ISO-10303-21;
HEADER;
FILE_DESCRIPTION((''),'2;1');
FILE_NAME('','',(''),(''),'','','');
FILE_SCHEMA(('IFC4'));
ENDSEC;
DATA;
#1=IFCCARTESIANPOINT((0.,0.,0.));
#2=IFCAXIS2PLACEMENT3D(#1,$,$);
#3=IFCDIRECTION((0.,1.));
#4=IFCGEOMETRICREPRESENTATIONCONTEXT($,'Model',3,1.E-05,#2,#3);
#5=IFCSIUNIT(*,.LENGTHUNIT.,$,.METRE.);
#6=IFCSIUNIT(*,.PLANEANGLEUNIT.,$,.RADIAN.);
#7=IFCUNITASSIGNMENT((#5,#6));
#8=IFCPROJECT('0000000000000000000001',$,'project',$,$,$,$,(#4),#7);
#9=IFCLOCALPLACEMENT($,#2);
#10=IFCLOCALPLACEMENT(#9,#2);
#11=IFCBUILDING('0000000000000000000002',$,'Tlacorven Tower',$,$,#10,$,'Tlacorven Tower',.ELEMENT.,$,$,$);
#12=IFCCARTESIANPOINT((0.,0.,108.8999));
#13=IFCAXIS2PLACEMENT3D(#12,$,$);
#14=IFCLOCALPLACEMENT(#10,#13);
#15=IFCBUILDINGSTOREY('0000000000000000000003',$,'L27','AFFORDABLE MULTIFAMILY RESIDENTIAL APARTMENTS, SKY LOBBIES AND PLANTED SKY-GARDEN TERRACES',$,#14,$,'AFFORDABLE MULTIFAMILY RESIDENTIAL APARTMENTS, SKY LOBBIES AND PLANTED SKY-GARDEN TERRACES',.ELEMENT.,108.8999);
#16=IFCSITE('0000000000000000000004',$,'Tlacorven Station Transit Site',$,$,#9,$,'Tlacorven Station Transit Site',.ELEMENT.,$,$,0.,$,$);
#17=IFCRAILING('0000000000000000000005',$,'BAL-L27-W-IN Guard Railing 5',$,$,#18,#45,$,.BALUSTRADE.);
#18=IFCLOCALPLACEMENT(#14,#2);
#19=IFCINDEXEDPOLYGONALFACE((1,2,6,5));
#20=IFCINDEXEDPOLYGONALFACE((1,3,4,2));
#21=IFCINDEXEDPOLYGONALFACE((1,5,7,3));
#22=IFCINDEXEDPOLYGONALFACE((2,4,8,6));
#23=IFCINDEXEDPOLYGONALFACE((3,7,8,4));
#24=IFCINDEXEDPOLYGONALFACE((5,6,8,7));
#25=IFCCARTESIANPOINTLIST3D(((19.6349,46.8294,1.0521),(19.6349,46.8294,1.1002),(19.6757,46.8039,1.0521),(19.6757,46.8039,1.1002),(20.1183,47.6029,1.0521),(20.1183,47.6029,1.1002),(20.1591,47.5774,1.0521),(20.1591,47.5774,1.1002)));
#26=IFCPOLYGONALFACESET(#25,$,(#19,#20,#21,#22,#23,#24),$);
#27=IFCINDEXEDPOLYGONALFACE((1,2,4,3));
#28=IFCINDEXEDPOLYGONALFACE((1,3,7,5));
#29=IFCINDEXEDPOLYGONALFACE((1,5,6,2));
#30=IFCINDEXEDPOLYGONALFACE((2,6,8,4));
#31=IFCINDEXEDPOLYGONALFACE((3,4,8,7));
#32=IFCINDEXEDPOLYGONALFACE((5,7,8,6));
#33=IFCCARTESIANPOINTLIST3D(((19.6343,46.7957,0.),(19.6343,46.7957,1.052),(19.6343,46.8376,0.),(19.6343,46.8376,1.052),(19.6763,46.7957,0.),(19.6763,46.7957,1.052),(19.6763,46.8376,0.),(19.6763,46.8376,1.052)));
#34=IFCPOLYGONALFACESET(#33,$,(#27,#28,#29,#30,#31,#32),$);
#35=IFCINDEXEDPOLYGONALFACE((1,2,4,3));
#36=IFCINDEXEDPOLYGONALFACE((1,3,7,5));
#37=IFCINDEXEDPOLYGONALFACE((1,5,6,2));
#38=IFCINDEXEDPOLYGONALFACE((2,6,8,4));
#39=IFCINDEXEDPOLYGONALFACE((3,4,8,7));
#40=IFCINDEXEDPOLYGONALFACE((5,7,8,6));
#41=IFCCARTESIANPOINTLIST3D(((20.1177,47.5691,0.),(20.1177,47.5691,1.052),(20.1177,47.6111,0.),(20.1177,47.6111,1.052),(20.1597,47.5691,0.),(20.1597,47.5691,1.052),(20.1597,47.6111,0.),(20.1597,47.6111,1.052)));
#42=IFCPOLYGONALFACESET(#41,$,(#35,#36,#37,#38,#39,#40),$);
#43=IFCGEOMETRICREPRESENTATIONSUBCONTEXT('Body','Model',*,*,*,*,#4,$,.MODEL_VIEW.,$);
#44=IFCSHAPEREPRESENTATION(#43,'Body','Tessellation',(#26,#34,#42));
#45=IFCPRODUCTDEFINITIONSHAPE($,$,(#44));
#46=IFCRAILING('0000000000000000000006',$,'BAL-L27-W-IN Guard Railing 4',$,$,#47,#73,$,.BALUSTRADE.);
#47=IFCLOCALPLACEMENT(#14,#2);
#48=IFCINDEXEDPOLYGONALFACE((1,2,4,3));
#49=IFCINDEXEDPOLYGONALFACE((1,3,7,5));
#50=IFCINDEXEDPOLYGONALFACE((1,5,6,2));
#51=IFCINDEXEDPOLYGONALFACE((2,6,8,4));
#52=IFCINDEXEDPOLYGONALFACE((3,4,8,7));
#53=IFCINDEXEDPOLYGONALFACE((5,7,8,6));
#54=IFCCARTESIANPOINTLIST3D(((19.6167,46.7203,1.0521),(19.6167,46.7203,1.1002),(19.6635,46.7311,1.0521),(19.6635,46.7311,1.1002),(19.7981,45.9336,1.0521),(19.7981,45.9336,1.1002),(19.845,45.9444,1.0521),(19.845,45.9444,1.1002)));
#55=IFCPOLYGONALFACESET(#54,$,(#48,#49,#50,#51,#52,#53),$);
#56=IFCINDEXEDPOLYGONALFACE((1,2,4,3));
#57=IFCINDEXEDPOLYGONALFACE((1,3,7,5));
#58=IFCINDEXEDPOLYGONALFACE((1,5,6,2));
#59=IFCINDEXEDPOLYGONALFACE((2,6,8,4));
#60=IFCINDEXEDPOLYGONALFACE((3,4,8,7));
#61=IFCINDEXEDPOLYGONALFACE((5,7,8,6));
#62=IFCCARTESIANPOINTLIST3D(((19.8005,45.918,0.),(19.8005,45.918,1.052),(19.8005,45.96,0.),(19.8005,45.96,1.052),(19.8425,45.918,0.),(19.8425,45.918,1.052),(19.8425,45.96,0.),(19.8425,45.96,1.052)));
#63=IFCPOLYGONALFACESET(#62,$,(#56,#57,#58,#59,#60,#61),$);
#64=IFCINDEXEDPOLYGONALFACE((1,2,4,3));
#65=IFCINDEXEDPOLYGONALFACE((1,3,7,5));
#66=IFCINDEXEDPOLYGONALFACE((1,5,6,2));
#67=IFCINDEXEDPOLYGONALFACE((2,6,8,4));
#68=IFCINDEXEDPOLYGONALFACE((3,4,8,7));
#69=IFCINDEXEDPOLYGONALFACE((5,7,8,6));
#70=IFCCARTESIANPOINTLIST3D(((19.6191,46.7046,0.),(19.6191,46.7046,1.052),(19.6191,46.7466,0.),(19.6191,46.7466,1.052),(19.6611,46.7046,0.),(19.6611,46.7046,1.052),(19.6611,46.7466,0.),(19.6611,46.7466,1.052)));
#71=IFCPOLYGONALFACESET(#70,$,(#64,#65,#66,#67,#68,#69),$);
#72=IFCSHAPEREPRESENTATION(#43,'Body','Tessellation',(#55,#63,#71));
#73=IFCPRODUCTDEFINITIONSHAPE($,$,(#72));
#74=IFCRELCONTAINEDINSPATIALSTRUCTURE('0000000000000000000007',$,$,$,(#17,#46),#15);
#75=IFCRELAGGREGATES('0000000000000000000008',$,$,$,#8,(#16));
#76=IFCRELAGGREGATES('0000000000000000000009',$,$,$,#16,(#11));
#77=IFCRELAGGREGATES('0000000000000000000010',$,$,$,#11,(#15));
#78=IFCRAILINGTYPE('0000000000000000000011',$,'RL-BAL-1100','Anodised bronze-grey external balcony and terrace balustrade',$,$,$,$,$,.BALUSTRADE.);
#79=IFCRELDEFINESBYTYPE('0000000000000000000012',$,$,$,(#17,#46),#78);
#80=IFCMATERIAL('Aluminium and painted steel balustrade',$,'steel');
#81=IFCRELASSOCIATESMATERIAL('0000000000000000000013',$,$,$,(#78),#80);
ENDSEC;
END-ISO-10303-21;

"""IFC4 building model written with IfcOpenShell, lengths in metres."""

from ifc_helpers import new_model, si_unit, direction, frame, origin, origin_2d, place, context, subcontext, project, spatial, rectangle, extrude, source, transform, mapped, material, type_object, element, save


model = new_model("IFC4")

# Units and contexts
model_context = context("Model", 3, precision=1e-05, world=origin(), true_north=direction((0.0, 1.0)))
body_context = subcontext(model_context, "Body", "Model", "MODEL_VIEW")
ifc_project = project(units=[si_unit("LENGTHUNIT", "METRE"), si_unit("PLANEANGLEUNIT", "RADIAN")], contexts=[model_context])

# Site, building, storey
site_placement = place(None, origin())
site = spatial("IfcSite", under=ifc_project, at=site_placement, Name="Tlacorven Station Transit Site", LongName="Tlacorven Station Transit Site", CompositionType="ELEMENT", RefElevation=0.0)
building_placement = place(site_placement, origin())
building = spatial("IfcBuilding", under=site, at=building_placement, Name="Tlacorven Tower", LongName="Tlacorven Tower", CompositionType="ELEMENT")
storey_placement = place(building_placement, frame((0.0, 0.0, 108.8999)))
storey = spatial("IfcBuildingStorey", under=building, at=storey_placement, Name="L27", Description="AFFORDABLE MULTIFAMILY RESIDENTIAL APARTMENTS, SKY LOBBIES AND PLANTED SKY-GARDEN TERRACES", LongName="AFFORDABLE MULTIFAMILY RESIDENTIAL APARTMENTS, SKY LOBBIES AND PLANTED SKY-GARDEN TERRACES", CompositionType="ELEMENT", Elevation=108.8999)

# Railings
ifc_material_1 = material(Name="Aluminium and painted steel balustrade", Category="steel")
railing_type = type_object("IfcRailingType", Name="RL-BAL-1100", Description="Anodised bronze-grey external balcony and terrace balustrade", PredefinedType="BALUSTRADE", material=ifc_material_1)
shared_shape_1 = source(origin(), body_context, "Body", "SweptSolid", [
    extrude(rectangle(XDim=0.0481, YDim=0.0481, at=origin_2d()), frame((0.0, 0.0, 1.0762), z_axis=(0.529999, 0.847998, 0.0), x_axis=(-0.847998, 0.529999, 0.0)), (0.0, 0.0, 1.0), 0.9121),
    extrude(rectangle(XDim=0.042, YDim=0.042, at=origin_2d()), origin(), (0.0, 0.0, 1.0), 1.052),
    extrude(rectangle(XDim=0.042, YDim=0.042, at=origin_2d()), frame((0.4834, 0.7734, 0.0)), (0.0, 0.0, 1.0), 1.052),
])
railing_1_placement = place(storey_placement, frame((19.6553, 46.8167, 0.0)))
element("IfcRailing", 1, at=railing_1_placement, inside=storey, type_object=railing_type, Name="BAL-L27-W-IN Guard Railing 5", PredefinedType="BALUSTRADE", context=body_context, shape_type="MappedRepresentation", body=[
    mapped(shared_shape_1, transform((0.0, 0.0, 0.0), scale=1.0)),
])
shared_shape_2 = source(origin(), body_context, "Body", "SweptSolid", [
    extrude(rectangle(XDim=0.0481, YDim=0.0481, at=origin_2d()), frame((0.0, 0.0, 1.0762), z_axis=(-0.224705, 0.974427, 0.0), x_axis=(-0.974427, -0.224705, 0.0)), (0.0, 0.0, 1.0), 0.8074),
    extrude(rectangle(XDim=0.042, YDim=0.042, at=origin_2d()), origin(), (0.0, 0.0, 1.0), 1.052),
    extrude(rectangle(XDim=0.042, YDim=0.042, at=origin_2d()), frame((-0.1814, 0.7866, 0.0)), (0.0, 0.0, 1.0), 1.052),
])
railing_2_placement = place(storey_placement, frame((19.8215, 45.939, 0.0)))
element("IfcRailing", 2, at=railing_2_placement, inside=storey, type_object=railing_type, Name="BAL-L27-W-IN Guard Railing 4", PredefinedType="BALUSTRADE", context=body_context, shape_type="MappedRepresentation", body=[
    mapped(shared_shape_2, transform((0.0, 0.0, 0.0), scale=1.0)),
])

save(model, "model.ifc")
